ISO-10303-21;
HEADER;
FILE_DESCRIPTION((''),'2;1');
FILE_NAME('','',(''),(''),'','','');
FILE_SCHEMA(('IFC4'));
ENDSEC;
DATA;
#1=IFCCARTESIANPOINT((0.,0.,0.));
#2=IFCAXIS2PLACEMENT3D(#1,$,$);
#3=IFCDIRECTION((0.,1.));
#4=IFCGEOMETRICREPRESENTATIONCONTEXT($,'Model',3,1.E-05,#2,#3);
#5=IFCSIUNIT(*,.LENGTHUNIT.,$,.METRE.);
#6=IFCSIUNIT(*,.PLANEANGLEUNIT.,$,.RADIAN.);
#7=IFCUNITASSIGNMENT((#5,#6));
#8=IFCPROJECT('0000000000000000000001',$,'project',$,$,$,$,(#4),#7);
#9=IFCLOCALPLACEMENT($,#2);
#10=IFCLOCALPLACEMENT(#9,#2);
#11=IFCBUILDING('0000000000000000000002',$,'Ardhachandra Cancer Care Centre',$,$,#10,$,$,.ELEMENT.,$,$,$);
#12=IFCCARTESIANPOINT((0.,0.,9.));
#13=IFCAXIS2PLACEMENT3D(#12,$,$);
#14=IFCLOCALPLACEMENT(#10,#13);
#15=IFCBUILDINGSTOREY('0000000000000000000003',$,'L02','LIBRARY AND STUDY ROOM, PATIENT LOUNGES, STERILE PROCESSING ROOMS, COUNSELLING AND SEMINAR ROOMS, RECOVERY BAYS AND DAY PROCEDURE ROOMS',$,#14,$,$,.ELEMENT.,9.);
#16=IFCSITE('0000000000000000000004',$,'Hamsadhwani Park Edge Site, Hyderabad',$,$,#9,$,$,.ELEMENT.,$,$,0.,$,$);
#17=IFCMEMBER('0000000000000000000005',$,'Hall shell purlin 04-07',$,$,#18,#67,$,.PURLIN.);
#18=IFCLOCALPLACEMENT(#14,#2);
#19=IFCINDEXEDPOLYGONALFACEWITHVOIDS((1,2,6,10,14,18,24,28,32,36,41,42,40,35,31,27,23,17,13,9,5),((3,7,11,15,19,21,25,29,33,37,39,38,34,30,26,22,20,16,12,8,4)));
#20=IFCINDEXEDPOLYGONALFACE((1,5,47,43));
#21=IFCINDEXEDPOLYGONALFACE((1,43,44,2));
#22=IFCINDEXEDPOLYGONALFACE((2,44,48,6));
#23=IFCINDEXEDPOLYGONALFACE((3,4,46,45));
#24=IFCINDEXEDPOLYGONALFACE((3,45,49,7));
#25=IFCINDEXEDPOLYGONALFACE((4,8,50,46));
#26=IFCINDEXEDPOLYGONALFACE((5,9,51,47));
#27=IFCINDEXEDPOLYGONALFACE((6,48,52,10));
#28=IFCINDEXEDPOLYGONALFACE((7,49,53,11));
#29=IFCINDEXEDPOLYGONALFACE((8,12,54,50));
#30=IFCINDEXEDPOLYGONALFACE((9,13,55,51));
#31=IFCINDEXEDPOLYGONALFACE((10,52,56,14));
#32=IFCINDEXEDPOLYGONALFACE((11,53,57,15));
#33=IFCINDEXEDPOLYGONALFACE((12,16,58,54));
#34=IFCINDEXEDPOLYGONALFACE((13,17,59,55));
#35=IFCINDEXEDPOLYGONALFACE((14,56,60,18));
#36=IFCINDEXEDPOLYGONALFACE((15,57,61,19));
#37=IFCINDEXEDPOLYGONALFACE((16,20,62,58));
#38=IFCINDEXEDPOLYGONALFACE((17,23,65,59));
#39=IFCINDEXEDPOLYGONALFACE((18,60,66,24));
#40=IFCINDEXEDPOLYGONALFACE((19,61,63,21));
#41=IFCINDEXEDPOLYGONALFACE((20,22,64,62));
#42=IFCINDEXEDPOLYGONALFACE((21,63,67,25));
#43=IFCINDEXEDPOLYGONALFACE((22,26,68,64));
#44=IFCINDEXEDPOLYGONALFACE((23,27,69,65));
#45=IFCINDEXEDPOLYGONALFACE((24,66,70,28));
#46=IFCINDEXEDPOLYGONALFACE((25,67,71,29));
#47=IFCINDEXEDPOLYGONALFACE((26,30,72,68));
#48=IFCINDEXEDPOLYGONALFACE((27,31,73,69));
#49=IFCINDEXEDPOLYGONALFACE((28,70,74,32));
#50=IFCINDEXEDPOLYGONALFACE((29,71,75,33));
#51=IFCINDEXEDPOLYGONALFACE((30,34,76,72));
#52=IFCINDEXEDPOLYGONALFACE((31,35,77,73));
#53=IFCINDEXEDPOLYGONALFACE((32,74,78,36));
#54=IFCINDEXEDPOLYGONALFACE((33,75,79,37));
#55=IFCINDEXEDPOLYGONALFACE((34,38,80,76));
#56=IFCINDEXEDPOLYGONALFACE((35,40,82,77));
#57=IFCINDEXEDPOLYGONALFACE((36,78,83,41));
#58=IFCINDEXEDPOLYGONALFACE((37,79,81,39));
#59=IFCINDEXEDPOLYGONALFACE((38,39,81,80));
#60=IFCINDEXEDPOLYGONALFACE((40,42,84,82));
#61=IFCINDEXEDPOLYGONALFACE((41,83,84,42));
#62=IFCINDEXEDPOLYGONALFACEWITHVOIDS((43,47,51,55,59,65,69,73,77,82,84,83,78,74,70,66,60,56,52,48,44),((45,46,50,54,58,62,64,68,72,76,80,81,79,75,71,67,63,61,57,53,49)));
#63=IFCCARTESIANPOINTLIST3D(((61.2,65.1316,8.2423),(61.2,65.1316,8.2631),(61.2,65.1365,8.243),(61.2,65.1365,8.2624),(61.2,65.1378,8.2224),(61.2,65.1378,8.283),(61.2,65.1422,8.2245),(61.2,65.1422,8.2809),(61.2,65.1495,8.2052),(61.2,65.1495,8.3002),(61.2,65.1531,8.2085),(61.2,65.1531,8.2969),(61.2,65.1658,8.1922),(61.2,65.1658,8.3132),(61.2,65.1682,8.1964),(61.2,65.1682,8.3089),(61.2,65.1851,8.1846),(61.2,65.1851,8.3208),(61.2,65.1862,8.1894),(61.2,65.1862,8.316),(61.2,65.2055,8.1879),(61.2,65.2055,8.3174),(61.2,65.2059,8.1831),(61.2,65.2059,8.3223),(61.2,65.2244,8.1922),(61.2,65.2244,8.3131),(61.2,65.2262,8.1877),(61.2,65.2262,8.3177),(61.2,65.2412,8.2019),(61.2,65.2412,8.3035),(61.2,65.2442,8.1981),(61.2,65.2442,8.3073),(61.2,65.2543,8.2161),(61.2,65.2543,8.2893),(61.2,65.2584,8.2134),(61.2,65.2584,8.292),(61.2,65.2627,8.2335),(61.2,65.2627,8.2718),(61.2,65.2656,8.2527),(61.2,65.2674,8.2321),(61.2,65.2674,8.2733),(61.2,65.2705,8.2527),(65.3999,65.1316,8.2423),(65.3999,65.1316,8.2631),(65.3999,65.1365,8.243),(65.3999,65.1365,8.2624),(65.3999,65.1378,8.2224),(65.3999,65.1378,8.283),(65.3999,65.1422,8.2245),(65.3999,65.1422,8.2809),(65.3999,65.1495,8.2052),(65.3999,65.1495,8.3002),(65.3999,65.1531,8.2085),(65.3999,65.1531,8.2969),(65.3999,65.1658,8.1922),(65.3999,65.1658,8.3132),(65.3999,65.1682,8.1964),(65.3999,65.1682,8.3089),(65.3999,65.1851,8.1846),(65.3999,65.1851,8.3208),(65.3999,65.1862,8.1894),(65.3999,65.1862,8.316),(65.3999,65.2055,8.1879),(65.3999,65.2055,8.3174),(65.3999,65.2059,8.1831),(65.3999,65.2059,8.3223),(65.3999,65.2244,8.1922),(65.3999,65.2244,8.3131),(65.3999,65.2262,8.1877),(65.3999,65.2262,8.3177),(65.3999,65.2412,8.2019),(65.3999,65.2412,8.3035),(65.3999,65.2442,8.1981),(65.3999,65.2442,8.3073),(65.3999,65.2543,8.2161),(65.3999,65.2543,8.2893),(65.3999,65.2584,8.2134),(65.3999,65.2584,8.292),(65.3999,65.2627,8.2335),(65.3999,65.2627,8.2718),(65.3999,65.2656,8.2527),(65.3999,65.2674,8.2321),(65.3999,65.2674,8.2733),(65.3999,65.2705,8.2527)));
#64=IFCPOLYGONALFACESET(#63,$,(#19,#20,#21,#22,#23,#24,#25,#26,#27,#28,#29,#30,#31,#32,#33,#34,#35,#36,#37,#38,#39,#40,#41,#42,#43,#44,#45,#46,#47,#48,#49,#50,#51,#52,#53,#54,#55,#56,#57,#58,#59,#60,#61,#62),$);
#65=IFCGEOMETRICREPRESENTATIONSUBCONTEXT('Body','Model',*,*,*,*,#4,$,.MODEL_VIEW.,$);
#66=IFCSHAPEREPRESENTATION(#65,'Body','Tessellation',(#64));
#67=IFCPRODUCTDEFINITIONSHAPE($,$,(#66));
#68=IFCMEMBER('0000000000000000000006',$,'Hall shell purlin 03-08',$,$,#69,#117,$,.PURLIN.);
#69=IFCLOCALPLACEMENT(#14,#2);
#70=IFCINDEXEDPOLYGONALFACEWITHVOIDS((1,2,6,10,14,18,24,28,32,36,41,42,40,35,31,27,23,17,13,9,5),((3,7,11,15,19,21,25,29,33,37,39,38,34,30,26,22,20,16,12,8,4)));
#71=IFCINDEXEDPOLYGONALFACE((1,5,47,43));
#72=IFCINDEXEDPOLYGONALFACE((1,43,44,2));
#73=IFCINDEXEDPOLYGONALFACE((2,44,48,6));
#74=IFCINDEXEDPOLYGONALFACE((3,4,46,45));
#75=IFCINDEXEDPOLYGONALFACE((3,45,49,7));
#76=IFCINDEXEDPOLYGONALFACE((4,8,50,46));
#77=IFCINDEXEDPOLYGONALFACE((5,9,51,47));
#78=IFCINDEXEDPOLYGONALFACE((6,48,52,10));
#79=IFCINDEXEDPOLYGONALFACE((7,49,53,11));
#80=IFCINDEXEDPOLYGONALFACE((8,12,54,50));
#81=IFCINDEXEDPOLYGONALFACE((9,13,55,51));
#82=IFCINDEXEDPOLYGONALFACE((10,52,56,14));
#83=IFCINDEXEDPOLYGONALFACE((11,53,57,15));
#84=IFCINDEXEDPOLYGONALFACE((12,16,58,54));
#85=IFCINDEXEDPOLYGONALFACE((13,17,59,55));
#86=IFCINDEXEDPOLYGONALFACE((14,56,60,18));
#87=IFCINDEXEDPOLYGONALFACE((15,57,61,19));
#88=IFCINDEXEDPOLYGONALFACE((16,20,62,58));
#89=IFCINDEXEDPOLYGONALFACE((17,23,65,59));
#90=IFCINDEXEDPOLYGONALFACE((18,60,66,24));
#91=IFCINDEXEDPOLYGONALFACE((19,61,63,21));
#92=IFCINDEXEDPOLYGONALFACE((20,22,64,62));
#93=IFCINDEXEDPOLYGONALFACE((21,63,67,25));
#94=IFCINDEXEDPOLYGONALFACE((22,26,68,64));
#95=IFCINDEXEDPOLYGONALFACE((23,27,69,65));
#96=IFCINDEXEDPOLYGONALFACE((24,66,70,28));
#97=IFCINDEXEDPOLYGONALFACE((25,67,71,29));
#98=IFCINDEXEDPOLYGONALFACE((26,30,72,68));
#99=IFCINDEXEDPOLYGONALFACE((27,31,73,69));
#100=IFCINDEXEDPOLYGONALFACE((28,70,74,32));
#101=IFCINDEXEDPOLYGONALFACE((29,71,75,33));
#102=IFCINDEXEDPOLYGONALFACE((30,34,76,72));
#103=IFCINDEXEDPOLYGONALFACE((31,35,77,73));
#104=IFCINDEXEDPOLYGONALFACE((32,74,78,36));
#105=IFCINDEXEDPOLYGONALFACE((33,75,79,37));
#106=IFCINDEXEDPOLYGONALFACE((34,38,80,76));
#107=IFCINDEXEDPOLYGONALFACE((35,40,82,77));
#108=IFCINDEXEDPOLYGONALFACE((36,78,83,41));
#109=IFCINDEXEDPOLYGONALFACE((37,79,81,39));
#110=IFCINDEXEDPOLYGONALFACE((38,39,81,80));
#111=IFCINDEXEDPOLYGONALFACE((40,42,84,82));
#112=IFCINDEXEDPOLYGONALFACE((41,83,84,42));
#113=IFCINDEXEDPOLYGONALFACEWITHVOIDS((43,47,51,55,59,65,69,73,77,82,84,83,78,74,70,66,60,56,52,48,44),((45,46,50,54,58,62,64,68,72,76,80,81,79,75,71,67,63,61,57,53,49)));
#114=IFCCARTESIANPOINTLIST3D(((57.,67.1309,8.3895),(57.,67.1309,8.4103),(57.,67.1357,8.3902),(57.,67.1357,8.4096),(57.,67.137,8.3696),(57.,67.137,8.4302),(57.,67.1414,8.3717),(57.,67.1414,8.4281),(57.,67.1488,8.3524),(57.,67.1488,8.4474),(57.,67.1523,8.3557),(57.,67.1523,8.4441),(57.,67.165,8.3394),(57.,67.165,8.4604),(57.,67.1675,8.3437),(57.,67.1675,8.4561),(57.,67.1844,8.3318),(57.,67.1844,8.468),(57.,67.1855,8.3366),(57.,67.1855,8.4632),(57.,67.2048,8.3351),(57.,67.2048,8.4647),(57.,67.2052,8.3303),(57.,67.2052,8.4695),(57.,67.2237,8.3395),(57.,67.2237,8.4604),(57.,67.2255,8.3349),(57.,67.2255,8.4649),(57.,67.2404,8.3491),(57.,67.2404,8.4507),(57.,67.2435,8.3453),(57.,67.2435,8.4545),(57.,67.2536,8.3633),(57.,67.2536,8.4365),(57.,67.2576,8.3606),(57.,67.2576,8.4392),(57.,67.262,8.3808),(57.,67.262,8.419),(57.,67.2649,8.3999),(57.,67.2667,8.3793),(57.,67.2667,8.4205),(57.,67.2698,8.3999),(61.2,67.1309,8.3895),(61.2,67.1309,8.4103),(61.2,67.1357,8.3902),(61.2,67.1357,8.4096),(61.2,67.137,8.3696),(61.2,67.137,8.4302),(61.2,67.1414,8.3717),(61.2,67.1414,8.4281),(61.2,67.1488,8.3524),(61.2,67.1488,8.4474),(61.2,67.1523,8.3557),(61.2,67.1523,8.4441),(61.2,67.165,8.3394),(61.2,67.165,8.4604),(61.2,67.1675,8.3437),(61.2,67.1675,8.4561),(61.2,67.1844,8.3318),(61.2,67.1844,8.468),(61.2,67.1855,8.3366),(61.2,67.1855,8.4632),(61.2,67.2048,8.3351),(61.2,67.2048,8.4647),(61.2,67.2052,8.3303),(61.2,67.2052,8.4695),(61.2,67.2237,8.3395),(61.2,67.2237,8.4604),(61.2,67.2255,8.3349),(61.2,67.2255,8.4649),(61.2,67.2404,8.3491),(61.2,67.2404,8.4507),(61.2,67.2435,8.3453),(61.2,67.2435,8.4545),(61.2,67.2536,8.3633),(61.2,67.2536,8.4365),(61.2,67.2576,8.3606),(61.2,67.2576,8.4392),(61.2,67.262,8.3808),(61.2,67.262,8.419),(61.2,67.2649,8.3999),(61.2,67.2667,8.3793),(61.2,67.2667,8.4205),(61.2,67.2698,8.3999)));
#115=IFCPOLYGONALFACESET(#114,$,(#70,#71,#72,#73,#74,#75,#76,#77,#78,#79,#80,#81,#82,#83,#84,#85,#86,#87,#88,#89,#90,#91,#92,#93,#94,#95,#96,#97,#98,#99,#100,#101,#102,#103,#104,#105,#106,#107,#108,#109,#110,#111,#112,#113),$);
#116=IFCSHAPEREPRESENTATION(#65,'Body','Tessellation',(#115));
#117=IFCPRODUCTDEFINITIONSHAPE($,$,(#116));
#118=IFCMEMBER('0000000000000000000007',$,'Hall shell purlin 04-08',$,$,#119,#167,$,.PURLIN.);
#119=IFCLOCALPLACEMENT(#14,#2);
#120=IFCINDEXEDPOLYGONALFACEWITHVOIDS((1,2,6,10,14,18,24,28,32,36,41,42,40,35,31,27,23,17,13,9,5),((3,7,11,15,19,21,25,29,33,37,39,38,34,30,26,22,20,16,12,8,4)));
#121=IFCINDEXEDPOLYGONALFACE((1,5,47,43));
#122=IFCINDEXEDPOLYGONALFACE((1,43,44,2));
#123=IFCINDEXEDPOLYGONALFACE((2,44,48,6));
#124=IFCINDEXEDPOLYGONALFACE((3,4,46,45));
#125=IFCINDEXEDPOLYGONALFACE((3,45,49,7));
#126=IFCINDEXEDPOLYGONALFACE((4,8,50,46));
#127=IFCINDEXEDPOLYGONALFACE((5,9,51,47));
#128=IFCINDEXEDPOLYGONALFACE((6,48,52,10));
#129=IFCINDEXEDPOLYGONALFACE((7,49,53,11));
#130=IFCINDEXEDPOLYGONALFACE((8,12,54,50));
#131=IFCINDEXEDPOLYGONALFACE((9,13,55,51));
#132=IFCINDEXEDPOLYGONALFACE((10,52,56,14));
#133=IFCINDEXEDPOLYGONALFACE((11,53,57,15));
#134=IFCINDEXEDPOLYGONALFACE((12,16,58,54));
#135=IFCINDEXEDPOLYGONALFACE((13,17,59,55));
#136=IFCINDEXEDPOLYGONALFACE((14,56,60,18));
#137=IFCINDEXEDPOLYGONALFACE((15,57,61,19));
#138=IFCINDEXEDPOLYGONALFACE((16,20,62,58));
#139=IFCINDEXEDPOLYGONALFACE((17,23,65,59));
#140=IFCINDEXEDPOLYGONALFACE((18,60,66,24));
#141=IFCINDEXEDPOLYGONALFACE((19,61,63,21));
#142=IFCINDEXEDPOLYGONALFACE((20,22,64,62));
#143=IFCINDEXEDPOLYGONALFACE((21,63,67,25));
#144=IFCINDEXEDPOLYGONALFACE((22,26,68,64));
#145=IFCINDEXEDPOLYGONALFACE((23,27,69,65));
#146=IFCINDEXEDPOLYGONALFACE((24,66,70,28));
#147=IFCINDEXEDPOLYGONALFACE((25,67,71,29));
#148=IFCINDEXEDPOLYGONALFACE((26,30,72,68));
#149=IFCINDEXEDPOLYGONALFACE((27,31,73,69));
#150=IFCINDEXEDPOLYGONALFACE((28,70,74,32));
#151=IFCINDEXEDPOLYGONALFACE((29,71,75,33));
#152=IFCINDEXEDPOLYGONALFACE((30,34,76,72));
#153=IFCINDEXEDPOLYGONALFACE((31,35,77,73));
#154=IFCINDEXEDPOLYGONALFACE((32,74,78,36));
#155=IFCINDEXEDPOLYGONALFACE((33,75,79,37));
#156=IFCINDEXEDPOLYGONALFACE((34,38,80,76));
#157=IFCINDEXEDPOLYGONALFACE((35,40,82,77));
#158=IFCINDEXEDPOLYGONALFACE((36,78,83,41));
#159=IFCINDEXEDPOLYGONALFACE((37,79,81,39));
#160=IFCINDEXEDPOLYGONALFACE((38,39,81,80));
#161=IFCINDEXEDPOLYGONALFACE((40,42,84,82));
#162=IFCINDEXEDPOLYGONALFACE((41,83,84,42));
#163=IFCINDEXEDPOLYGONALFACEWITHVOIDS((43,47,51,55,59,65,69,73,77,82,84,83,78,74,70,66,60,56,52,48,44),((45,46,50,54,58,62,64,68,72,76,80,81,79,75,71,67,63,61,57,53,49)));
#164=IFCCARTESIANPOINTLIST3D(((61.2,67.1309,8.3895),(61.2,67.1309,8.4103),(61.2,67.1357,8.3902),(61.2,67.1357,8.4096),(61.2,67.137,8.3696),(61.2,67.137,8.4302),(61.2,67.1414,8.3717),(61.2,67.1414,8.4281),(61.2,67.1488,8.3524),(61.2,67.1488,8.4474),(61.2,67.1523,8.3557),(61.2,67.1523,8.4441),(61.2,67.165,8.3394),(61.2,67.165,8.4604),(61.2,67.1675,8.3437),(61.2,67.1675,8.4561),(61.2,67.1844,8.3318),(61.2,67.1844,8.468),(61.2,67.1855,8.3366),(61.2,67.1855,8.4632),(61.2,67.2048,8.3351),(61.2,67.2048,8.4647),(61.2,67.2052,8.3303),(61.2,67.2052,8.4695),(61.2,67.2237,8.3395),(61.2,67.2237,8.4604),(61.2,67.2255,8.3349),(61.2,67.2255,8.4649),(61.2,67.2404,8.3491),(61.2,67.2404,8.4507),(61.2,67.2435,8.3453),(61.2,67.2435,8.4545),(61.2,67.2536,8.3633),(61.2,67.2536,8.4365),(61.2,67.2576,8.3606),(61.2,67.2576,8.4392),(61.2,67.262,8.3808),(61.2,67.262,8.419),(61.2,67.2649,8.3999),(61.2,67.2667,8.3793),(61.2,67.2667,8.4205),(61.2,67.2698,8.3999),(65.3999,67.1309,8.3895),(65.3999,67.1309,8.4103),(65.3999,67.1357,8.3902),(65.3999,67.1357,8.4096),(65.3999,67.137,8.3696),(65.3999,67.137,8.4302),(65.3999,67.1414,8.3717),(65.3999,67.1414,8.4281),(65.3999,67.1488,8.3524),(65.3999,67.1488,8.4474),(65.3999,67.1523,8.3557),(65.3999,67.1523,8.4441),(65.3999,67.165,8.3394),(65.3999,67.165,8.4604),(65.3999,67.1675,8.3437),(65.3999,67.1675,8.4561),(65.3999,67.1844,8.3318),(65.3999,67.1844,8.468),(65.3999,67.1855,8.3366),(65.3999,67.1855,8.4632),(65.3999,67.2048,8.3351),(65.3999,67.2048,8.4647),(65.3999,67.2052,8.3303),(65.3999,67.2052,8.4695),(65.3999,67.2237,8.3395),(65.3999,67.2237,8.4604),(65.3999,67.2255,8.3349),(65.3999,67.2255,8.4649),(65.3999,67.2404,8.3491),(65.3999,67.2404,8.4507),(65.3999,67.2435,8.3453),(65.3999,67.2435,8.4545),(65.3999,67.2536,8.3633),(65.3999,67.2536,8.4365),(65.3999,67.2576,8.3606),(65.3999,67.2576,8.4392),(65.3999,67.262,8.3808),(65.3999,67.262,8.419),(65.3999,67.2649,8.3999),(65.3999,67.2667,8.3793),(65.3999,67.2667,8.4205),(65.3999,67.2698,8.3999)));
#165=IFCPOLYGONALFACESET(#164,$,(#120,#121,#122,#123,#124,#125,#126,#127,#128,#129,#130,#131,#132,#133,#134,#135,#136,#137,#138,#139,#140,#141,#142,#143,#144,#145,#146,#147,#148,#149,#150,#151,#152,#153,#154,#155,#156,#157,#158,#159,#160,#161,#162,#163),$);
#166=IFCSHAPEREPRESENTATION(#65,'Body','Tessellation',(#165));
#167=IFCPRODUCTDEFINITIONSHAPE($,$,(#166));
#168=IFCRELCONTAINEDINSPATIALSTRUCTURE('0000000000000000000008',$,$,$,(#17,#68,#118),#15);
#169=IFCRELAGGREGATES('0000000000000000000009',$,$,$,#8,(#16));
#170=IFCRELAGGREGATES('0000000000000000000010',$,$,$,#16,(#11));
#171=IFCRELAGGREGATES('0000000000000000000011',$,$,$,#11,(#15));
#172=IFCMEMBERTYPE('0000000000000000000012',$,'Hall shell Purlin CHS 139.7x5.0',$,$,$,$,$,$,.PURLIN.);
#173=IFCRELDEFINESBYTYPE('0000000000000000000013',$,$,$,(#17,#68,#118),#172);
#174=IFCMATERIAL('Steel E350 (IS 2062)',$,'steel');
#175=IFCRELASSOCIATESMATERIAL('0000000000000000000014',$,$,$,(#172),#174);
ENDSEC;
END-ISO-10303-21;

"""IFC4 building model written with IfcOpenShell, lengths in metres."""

from ifc_helpers import new_model, si_unit, direction, frame, origin, origin_2d, place, context, subcontext, project, spatial, hollow_circle, extrude, material, material_profile, profile_set, type_object, element, save


model = new_model("IFC4")

# Units and contexts
model_context = context("Model", 3, precision=1e-05, world=origin(), true_north=direction((0.0, 1.0)))
body_context = subcontext(model_context, "Body", "Model", "MODEL_VIEW")
ifc_project = project(units=[si_unit("LENGTHUNIT", "METRE"), si_unit("PLANEANGLEUNIT", "RADIAN")], contexts=[model_context])

# Site, building, storey
site_placement = place(None, origin())
site = spatial("IfcSite", under=ifc_project, at=site_placement, Name="Hamsadhwani Park Edge Site, Hyderabad", CompositionType="ELEMENT", RefElevation=0.0)
building_placement = place(site_placement, origin())
building = spatial("IfcBuilding", under=site, at=building_placement, Name="Ardhachandra Cancer Care Centre", CompositionType="ELEMENT")
storey_placement = place(building_placement, frame((0.0, 0.0, 9.0)))
storey = spatial("IfcBuildingStorey", under=building, at=storey_placement, Name="L02", Description="LIBRARY AND STUDY ROOM, PATIENT LOUNGES, STERILE PROCESSING ROOMS, COUNSELLING AND SEMINAR ROOMS, RECOVERY BAYS AND DAY PROCEDURE ROOMS", CompositionType="ELEMENT", Elevation=9.0)

# Members
ifc_material_1 = material(Name="Steel E350 (IS 2062)", Category="steel")
ifc_material_profile_1 = material_profile(ifc_material_1, hollow_circle(Radius=0.0698, WallThickness=0.0049, at=origin_2d()), Name="CHS 139.7x5.0")
ifc_profile_set_1 = profile_set([ifc_material_profile_1], Name="Steel E350 (IS 2062)")
member_type_1 = type_object("IfcMemberType", Name="Hall shell Purlin CHS 139.7x5.0", PredefinedType="PURLIN", material=ifc_profile_set_1)
for number, where, z_axis, x_axis, name in (
    (1, (61.2, 65.2007, 8.2527), (1.0, 0.0, 0.0), (0.0, 1.0, 0.0), "Hall shell purlin 04-07"),
    (2, (57.0, 67.2, 8.3999), (1.0, 0.0, 0.0), (0.0, 1.0, 0.0), "Hall shell purlin 03-08"),
    (3, (61.2, 67.2, 8.3999), (1.0, 0.0, 0.0), (0.0, 1.0, 0.0), "Hall shell purlin 04-08"),
):
    element("IfcMember", number, at=place(storey_placement, frame(where, z_axis=z_axis, x_axis=x_axis)), inside=storey, type_object=member_type_1, Name=name, PredefinedType="PURLIN", context=body_context, shape_type="SweptSolid", body=[
        extrude(hollow_circle(Radius=0.0698, WallThickness=0.0049, at=origin_2d()), origin(), (0.0, 0.0, 1.0), 4.2),
    ])

save(model, "model.ifc")
